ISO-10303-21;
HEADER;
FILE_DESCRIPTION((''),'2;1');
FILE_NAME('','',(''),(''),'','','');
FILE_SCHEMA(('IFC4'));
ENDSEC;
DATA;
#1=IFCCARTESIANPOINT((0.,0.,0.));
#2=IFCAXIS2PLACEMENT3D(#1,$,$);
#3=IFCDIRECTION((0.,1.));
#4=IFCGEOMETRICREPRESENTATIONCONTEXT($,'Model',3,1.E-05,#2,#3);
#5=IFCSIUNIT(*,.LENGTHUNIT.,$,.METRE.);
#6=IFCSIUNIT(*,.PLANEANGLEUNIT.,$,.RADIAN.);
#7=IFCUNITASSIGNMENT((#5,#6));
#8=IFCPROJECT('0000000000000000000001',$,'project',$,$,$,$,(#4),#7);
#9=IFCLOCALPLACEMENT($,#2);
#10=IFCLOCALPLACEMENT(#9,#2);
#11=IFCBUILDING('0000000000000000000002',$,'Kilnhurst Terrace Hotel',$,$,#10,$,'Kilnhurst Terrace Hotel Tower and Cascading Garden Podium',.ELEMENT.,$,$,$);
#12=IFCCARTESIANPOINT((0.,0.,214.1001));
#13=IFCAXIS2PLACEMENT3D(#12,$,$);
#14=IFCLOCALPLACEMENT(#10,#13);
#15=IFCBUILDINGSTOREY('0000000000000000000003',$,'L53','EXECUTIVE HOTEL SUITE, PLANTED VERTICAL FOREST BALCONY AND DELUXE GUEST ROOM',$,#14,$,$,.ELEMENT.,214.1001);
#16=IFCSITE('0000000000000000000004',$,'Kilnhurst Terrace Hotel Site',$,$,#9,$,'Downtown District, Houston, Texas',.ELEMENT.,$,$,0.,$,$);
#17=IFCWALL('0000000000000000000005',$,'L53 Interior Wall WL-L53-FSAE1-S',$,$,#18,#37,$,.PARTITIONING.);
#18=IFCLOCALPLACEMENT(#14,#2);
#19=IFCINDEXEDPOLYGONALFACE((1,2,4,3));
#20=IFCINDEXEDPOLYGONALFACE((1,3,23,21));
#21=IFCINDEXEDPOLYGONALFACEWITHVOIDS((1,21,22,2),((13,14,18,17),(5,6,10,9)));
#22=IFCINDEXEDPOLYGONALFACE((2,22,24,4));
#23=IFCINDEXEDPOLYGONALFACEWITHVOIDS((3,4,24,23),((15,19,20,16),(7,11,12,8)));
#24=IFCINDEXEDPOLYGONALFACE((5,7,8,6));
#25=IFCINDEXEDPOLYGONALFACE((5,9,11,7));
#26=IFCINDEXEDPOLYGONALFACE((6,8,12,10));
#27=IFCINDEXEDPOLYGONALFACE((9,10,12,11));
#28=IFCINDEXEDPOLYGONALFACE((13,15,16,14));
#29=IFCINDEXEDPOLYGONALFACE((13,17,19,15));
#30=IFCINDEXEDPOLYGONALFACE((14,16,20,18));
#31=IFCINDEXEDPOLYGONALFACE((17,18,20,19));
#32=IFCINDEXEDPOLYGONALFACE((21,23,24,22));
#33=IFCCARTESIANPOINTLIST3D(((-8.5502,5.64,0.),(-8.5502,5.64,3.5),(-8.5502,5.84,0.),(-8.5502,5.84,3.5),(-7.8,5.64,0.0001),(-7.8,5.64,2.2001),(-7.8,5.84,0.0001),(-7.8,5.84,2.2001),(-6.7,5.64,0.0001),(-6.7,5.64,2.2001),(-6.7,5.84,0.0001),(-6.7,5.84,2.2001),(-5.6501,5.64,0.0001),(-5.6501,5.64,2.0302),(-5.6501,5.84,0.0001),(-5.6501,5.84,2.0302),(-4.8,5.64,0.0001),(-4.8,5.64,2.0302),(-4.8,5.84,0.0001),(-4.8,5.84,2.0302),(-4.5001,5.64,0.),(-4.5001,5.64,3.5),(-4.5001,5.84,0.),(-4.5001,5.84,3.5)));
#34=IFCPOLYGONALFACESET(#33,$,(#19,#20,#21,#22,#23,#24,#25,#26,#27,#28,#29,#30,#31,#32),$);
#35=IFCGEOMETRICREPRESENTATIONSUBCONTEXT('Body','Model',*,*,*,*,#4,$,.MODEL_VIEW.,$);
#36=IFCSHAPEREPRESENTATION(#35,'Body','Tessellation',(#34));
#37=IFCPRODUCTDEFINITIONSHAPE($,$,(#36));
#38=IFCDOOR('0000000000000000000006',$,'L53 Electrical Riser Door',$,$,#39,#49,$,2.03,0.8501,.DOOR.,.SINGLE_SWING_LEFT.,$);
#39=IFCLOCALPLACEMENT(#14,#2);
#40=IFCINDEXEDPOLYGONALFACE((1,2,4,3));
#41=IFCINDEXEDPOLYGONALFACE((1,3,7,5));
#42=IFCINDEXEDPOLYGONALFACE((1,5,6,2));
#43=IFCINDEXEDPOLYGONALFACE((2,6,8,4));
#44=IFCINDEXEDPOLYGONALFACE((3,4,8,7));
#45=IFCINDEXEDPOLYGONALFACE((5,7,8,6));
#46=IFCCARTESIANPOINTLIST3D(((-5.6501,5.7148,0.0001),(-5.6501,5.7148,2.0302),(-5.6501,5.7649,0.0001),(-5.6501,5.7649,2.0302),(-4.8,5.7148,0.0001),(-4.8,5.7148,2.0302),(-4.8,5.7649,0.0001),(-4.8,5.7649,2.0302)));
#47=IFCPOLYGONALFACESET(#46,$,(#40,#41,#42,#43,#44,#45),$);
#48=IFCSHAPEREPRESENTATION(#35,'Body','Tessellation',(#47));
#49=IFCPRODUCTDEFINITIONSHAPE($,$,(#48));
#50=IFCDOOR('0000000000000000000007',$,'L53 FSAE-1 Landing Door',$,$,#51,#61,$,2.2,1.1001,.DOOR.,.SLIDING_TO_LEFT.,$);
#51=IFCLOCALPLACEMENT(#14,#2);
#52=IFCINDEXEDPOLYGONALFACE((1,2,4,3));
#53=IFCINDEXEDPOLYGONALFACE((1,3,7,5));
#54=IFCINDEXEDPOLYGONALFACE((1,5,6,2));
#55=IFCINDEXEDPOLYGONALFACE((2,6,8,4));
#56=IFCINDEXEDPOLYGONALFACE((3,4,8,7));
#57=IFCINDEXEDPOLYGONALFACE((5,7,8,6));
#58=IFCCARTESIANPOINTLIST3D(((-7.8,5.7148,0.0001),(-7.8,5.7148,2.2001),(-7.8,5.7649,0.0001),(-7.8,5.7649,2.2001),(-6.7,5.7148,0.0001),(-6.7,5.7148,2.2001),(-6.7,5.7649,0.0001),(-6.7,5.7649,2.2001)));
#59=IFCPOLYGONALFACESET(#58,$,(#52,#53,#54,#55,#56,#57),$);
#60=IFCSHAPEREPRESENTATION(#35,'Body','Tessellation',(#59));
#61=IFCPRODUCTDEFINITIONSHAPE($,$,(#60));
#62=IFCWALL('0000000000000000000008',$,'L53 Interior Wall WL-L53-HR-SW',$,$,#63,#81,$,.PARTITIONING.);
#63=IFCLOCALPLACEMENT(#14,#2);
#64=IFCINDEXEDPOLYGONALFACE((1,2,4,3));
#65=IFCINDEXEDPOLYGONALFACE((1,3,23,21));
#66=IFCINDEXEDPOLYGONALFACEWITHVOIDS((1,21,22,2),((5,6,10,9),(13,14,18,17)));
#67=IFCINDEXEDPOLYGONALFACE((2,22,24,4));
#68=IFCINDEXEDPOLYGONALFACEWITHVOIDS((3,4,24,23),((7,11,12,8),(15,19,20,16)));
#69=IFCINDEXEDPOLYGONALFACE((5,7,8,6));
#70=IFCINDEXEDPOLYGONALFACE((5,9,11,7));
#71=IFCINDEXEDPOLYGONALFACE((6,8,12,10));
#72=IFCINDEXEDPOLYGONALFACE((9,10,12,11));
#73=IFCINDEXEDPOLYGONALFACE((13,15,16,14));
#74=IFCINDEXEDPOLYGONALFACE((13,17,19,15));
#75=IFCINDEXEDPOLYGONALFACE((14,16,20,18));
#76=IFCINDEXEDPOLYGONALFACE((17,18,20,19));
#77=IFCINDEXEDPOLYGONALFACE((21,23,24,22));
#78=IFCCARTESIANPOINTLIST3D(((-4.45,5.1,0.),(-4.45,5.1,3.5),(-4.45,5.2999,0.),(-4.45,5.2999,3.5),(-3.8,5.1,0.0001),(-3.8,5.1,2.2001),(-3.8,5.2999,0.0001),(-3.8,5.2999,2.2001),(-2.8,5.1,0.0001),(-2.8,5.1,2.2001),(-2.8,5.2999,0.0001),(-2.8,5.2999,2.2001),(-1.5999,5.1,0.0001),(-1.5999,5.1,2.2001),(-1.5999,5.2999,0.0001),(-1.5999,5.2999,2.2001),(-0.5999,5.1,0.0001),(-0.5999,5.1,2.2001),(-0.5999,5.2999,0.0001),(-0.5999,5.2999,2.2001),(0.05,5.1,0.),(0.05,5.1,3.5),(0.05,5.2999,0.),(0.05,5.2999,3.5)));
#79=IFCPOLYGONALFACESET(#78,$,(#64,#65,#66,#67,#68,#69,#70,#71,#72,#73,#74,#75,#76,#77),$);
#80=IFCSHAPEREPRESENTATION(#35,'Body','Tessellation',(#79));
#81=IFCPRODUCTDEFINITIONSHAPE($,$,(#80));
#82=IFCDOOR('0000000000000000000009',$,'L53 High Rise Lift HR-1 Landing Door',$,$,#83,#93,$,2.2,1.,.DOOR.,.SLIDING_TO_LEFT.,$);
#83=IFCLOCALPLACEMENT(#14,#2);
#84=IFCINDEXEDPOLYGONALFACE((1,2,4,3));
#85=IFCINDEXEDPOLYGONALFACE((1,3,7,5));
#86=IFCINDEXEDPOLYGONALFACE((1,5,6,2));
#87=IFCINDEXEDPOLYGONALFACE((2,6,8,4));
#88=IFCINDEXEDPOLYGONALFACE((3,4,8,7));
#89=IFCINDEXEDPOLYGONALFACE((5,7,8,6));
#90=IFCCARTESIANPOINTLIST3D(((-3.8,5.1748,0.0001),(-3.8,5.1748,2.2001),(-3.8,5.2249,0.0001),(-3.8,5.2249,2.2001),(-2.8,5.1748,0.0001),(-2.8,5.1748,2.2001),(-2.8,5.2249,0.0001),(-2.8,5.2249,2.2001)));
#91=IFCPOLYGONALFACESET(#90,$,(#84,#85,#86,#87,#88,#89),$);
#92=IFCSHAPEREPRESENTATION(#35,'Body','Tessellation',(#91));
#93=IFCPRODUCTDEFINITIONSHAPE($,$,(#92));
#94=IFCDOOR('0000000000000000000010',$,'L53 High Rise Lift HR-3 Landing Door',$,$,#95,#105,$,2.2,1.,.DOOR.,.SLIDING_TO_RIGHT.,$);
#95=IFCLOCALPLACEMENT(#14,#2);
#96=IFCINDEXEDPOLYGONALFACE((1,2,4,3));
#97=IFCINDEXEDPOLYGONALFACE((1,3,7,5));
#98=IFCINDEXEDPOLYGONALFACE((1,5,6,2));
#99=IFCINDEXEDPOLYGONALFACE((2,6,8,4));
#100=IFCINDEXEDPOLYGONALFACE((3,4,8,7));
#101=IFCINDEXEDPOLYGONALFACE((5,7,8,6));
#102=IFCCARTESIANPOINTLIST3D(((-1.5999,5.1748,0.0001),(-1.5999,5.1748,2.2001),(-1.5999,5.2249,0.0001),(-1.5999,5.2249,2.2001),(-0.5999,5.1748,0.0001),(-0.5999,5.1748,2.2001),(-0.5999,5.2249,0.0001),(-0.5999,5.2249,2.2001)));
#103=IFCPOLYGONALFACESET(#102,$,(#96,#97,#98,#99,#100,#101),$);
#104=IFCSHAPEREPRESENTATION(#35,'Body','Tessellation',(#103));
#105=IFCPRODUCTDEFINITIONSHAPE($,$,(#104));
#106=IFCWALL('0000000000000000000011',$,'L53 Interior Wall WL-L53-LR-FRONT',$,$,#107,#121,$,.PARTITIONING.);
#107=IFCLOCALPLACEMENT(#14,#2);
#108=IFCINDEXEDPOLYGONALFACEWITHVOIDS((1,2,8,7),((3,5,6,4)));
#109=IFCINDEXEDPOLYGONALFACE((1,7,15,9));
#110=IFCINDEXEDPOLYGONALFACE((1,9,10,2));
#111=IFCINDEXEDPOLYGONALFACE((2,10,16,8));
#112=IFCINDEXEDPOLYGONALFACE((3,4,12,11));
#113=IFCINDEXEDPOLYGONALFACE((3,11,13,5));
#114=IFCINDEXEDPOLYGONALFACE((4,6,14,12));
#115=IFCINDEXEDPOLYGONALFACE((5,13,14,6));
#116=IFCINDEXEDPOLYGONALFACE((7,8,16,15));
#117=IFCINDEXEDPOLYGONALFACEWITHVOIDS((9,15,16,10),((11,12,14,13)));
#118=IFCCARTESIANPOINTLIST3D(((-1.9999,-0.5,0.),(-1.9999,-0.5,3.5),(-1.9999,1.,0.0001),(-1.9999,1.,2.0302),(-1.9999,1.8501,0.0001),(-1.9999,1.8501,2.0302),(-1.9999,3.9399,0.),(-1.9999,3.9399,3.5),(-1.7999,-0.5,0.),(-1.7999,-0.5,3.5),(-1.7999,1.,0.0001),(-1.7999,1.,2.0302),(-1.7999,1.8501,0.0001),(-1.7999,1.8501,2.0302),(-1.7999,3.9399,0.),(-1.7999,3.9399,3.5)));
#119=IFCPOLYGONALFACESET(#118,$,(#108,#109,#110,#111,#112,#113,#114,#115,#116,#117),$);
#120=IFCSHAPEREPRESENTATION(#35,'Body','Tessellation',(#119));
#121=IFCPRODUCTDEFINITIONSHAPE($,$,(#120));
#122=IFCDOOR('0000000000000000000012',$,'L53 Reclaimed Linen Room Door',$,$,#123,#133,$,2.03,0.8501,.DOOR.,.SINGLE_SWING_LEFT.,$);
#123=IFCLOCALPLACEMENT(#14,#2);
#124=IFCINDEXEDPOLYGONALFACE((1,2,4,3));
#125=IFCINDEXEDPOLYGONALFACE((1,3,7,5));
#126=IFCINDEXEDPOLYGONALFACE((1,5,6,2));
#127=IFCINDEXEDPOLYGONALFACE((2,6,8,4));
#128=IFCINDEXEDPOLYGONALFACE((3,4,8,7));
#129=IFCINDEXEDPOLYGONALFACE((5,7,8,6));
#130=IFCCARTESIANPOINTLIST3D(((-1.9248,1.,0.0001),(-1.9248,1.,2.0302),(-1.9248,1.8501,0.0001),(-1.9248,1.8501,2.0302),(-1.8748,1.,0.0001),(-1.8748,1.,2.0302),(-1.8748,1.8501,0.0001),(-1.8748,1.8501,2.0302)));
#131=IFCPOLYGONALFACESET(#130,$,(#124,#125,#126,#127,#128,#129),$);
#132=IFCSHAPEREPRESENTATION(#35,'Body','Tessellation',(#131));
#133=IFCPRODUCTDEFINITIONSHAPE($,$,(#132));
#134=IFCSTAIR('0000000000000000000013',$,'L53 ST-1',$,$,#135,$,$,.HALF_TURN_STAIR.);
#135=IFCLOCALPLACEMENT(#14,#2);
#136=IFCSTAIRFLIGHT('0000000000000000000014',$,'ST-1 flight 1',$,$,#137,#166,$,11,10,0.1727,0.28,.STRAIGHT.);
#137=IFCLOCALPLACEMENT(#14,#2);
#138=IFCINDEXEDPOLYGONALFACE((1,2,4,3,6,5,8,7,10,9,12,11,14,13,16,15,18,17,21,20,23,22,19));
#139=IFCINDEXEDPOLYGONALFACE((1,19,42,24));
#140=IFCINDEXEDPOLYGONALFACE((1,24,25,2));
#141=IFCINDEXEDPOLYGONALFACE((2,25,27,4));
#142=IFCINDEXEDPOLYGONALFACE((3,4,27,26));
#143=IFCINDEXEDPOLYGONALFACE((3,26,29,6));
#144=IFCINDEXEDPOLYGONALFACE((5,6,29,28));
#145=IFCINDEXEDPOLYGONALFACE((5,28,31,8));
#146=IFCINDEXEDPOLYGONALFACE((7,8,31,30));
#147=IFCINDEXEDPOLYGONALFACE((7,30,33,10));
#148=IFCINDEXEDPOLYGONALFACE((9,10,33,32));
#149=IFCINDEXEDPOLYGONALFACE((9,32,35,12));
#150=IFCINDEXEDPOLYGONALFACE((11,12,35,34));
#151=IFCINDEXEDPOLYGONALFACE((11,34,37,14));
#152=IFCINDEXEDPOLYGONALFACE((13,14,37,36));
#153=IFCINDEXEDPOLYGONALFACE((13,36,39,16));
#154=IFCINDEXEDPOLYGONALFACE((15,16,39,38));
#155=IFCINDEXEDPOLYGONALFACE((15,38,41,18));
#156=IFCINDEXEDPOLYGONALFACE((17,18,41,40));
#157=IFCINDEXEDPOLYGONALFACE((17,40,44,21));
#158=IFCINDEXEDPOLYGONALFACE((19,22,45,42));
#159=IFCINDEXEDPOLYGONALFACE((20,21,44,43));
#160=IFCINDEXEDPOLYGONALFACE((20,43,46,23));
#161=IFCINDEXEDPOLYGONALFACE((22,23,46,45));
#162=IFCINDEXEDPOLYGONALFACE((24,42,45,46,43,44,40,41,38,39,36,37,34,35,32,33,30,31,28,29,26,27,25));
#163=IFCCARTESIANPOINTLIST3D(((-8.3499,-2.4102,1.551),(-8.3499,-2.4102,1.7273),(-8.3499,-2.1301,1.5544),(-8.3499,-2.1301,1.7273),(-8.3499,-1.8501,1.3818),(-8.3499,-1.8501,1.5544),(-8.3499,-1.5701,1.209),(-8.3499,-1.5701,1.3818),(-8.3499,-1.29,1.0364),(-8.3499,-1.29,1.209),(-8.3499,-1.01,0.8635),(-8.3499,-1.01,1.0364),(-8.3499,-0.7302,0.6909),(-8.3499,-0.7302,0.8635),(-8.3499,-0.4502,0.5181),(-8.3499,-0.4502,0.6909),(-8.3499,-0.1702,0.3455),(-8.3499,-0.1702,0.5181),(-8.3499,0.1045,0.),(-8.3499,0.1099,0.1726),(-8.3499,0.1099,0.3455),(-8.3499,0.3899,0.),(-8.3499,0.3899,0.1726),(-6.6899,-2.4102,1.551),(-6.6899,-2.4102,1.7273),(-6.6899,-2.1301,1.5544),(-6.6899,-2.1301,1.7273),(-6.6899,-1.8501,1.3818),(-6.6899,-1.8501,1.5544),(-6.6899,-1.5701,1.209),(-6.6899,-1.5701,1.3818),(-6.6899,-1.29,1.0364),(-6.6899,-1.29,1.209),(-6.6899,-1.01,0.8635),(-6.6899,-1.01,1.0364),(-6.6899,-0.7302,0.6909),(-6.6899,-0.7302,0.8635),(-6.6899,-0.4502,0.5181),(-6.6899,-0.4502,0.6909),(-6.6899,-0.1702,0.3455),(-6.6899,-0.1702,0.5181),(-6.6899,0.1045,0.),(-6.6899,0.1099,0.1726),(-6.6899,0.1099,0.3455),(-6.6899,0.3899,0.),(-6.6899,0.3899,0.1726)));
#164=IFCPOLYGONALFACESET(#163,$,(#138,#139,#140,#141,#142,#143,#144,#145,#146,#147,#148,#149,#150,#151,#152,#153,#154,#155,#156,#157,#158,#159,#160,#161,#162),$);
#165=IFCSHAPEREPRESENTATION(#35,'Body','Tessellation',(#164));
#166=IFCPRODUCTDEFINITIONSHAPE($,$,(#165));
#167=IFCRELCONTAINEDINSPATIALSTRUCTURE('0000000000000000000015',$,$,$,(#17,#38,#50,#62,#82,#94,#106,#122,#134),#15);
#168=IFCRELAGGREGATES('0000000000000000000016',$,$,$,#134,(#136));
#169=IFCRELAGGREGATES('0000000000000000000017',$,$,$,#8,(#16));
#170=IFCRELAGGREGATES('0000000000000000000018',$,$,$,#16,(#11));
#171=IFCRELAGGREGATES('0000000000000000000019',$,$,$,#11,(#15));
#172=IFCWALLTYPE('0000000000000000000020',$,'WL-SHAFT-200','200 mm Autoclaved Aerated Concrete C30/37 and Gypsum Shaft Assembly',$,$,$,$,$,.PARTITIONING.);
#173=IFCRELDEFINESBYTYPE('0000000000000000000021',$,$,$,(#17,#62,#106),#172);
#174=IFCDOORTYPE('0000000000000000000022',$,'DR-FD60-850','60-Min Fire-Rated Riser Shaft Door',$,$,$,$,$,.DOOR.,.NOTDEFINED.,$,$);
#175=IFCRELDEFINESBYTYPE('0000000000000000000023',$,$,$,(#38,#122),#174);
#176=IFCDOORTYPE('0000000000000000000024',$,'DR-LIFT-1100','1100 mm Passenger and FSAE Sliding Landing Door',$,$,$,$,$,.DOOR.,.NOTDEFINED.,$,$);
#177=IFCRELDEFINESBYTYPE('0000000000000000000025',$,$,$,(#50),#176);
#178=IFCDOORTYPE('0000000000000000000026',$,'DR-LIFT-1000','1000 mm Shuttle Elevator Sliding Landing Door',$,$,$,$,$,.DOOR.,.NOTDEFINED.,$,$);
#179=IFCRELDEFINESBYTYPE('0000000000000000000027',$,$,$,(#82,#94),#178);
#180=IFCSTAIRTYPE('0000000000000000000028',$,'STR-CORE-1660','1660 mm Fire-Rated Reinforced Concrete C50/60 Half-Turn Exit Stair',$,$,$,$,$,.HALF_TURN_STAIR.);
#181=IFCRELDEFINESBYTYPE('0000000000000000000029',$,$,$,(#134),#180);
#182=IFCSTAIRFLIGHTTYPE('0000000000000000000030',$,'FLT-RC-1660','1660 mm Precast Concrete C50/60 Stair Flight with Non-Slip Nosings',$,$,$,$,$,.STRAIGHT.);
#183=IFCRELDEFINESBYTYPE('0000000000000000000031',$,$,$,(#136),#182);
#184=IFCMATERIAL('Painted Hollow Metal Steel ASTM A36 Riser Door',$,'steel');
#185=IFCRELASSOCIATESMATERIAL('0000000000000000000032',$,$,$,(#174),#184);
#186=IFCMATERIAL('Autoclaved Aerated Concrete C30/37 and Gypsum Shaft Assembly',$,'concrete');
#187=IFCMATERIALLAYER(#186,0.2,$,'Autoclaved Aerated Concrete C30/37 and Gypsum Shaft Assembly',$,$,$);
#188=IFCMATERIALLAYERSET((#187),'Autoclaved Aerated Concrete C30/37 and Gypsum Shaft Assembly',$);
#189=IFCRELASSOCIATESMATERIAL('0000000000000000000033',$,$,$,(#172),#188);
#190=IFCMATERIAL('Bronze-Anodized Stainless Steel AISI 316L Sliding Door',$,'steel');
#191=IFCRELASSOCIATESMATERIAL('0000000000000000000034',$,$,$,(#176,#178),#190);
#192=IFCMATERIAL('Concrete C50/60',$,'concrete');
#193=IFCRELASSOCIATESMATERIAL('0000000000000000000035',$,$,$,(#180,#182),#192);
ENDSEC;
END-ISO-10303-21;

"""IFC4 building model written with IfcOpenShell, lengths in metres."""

from ifc_helpers import new_model, si_unit, direction, frame, frame_2d, origin, place, context, subcontext, project, spatial, polyline, rectangle, outline, extrude, material, layer, layer_set, type_object, element, fill, aggregate, save


model = new_model("IFC4")

# Units and contexts
model_context = context("Model", 3, precision=1e-05, world=origin(), true_north=direction((0.0, 1.0)))
body_context = subcontext(model_context, "Body", "Model", "MODEL_VIEW")
ifc_project = project(units=[si_unit("LENGTHUNIT", "METRE"), si_unit("PLANEANGLEUNIT", "RADIAN")], contexts=[model_context])

# Site, building, storey
site_placement = place(None, origin())
site = spatial("IfcSite", under=ifc_project, at=site_placement, Name="Kilnhurst Terrace Hotel Site", LongName="Downtown District, Houston, Texas", CompositionType="ELEMENT", RefElevation=0.0)
building_placement = place(site_placement, origin())
building = spatial("IfcBuilding", under=site, at=building_placement, Name="Kilnhurst Terrace Hotel", LongName="Kilnhurst Terrace Hotel Tower and Cascading Garden Podium", CompositionType="ELEMENT")
storey_placement = place(building_placement, frame((0.0, 0.0, 214.1001)))
storey = spatial("IfcBuildingStorey", under=building, at=storey_placement, Name="L53", Description="EXECUTIVE HOTEL SUITE, PLANTED VERTICAL FOREST BALCONY AND DELUXE GUEST ROOM", CompositionType="ELEMENT", Elevation=214.1001)

# Shared definitions
ifc_material_1 = material(Name="Concrete C50/60", Category="concrete")

# Walls, openings, doors
ifc_material_2 = material(Name="Painted Hollow Metal Steel ASTM A36 Riser Door", Category="steel")
door_type_1 = type_object("IfcDoorType", Name="DR-FD60-850", Description="60-Min Fire-Rated Riser Shaft Door", OperationType="NOTDEFINED", PredefinedType="DOOR", material=ifc_material_2)
ifc_material_3 = material(Name="Autoclaved Aerated Concrete C30/37 and Gypsum Shaft Assembly", Category="concrete")
ifc_layer_1 = layer(ifc_material_3, 0.2, Name="Autoclaved Aerated Concrete C30/37 and Gypsum Shaft Assembly")
ifc_layer_set_1 = layer_set([ifc_layer_1], Name="Autoclaved Aerated Concrete C30/37 and Gypsum Shaft Assembly")
wall_type_1 = type_object("IfcWallType", Name="WL-SHAFT-200", Description="200 mm Autoclaved Aerated Concrete C30/37 and Gypsum Shaft Assembly", PredefinedType="PARTITIONING", material=ifc_layer_set_1)
wall_1_placement = place(storey_placement, frame((-8.55, 5.74, 0.0), z_axis=(0.0, 0.0, 1.0), x_axis=(1.0, 0.0, 0.0)))
wall_1 = element("IfcWall", 1, at=wall_1_placement, inside=storey, type_object=wall_type_1, Name="L53 Interior Wall WL-L53-FSAE1-S", PredefinedType="PARTITIONING", context=body_context, shape_type="SweptSolid", body=[
    extrude(rectangle(XDim=4.05, YDim=0.2, at=frame_2d((2.0249, 0.0))), origin(), (0.0, 0.0, 1.0), 3.5),
])
opening_1_placement = place(wall_1_placement, frame((0.75, 0.0, 0.0)))
opening_1 = element("IfcOpeningElement", 2, at=opening_1_placement, cuts=wall_1, PredefinedType="OPENING", context=body_context, shape_type="SweptSolid", body=[
    extrude(rectangle(XDim=1.1001, YDim=2.2, at=frame_2d((0.55, 1.1001))), frame((0.0, 0.1099, 0.0), z_axis=(0.0, -1.0, 0.0), x_axis=(1.0, 0.0, 0.0)), (0.0, 0.0, 1.0), 0.22),
])
opening_2_placement = place(wall_1_placement, frame((2.8999, 0.0, 0.0)))
opening_2 = element("IfcOpeningElement", 3, at=opening_2_placement, cuts=wall_1, PredefinedType="OPENING", context=body_context, shape_type="SweptSolid", body=[
    extrude(rectangle(XDim=0.8501, YDim=2.03, at=frame_2d((0.425, 1.0151))), frame((0.0, 0.1099, 0.0), z_axis=(0.0, -1.0, 0.0), x_axis=(1.0, 0.0, 0.0)), (0.0, 0.0, 1.0), 0.22),
])
door_1_placement = place(opening_2_placement, origin())
door_1 = element("IfcDoor", 4, at=door_1_placement, inside=storey, type_object=door_type_1, Name="L53 Electrical Riser Door", OperationType="SINGLE_SWING_LEFT", OverallHeight=2.03, OverallWidth=0.8501, PredefinedType="DOOR", context=body_context, shape_type="SweptSolid", body=[
    extrude(rectangle(XDim=0.8501, YDim=2.03, at=frame_2d((0.425, 1.0151))), frame((0.0, 0.0249, 0.0), z_axis=(0.0, -1.0, 0.0), x_axis=(1.0, 0.0, 0.0)), (0.0, 0.0, 1.0), 0.05),
])
fill(opening_2, door_1)
ifc_material_4 = material(Name="Bronze-Anodized Stainless Steel AISI 316L Sliding Door", Category="steel")
door_type_2 = type_object("IfcDoorType", Name="DR-LIFT-1100", Description="1100 mm Passenger and FSAE Sliding Landing Door", OperationType="NOTDEFINED", PredefinedType="DOOR", material=ifc_material_4)
door_2_placement = place(opening_1_placement, origin())
door_2 = element("IfcDoor", 5, at=door_2_placement, inside=storey, type_object=door_type_2, Name="L53 FSAE-1 Landing Door", OperationType="SLIDING_TO_LEFT", OverallHeight=2.2, OverallWidth=1.1001, PredefinedType="DOOR", context=body_context, shape_type="SweptSolid", body=[
    extrude(rectangle(XDim=1.1001, YDim=2.2, at=frame_2d((0.55, 1.1001))), frame((0.0, 0.0249, 0.0), z_axis=(0.0, -1.0, 0.0), x_axis=(1.0, 0.0, 0.0)), (0.0, 0.0, 1.0), 0.05),
])
fill(opening_1, door_2)
wall_2_placement = place(storey_placement, frame((-4.45, 5.2, 0.0), z_axis=(0.0, 0.0, 1.0), x_axis=(1.0, 0.0, 0.0)))
wall_2 = element("IfcWall", 6, at=wall_2_placement, inside=storey, type_object=wall_type_1, Name="L53 Interior Wall WL-L53-HR-SW", PredefinedType="PARTITIONING", context=body_context, shape_type="SweptSolid", body=[
    extrude(rectangle(XDim=4.5, YDim=0.2, at=frame_2d((2.25, 0.0))), origin(), (0.0, 0.0, 1.0), 3.5),
])
opening_3_placement = place(wall_2_placement, frame((0.6499, 0.0, 0.0)))
opening_3 = element("IfcOpeningElement", 7, at=opening_3_placement, cuts=wall_2, PredefinedType="OPENING", context=body_context, shape_type="SweptSolid", body=[
    extrude(rectangle(XDim=1.0, YDim=2.2, at=frame_2d((0.5, 1.1001))), frame((0.0, 0.1099, 0.0), z_axis=(0.0, -1.0, 0.0), x_axis=(1.0, 0.0, 0.0)), (0.0, 0.0, 1.0), 0.22),
])
opening_4_placement = place(wall_2_placement, frame((2.8501, 0.0, 0.0)))
opening_4 = element("IfcOpeningElement", 8, at=opening_4_placement, cuts=wall_2, PredefinedType="OPENING", context=body_context, shape_type="SweptSolid", body=[
    extrude(rectangle(XDim=1.0, YDim=2.2, at=frame_2d((0.5, 1.1001))), frame((0.0, 0.1099, 0.0), z_axis=(0.0, -1.0, 0.0), x_axis=(1.0, 0.0, 0.0)), (0.0, 0.0, 1.0), 0.22),
])
door_type_3 = type_object("IfcDoorType", Name="DR-LIFT-1000", Description="1000 mm Shuttle Elevator Sliding Landing Door", OperationType="NOTDEFINED", PredefinedType="DOOR", material=ifc_material_4)
door_3_placement = place(opening_3_placement, origin())
door_3 = element("IfcDoor", 9, at=door_3_placement, inside=storey, type_object=door_type_3, Name="L53 High Rise Lift HR-1 Landing Door", OperationType="SLIDING_TO_LEFT", OverallHeight=2.2, OverallWidth=1.0, PredefinedType="DOOR", context=body_context, shape_type="SweptSolid", body=[
    extrude(rectangle(XDim=1.0, YDim=2.2, at=frame_2d((0.5, 1.1001))), frame((0.0, 0.0249, 0.0), z_axis=(0.0, -1.0, 0.0), x_axis=(1.0, 0.0, 0.0)), (0.0, 0.0, 1.0), 0.05),
])
fill(opening_3, door_3)
door_4_placement = place(opening_4_placement, origin())
door_4 = element("IfcDoor", 10, at=door_4_placement, inside=storey, type_object=door_type_3, Name="L53 High Rise Lift HR-3 Landing Door", OperationType="SLIDING_TO_RIGHT", OverallHeight=2.2, OverallWidth=1.0, PredefinedType="DOOR", context=body_context, shape_type="SweptSolid", body=[
    extrude(rectangle(XDim=1.0, YDim=2.2, at=frame_2d((0.5, 1.1001))), frame((0.0, 0.0249, 0.0), z_axis=(0.0, -1.0, 0.0), x_axis=(1.0, 0.0, 0.0)), (0.0, 0.0, 1.0), 0.05),
])
fill(opening_4, door_4)

# Wall, opening, door
wall_3_placement = place(storey_placement, frame((-1.8999, -0.5, 0.0), z_axis=(0.0, 0.0, 1.0), x_axis=(0.0, 1.0, 0.0)))
wall_3 = element("IfcWall", 11, at=wall_3_placement, inside=storey, type_object=wall_type_1, Name="L53 Interior Wall WL-L53-LR-FRONT", PredefinedType="PARTITIONING", context=body_context, shape_type="SweptSolid", body=[
    extrude(rectangle(XDim=4.4399, YDim=0.2, at=frame_2d((2.22, 0.0))), origin(), (0.0, 0.0, 1.0), 3.5),
])
opening_5_placement = place(wall_3_placement, frame((1.5, 0.0, 0.0)))
opening_5 = element("IfcOpeningElement", 12, at=opening_5_placement, cuts=wall_3, PredefinedType="OPENING", context=body_context, shape_type="SweptSolid", body=[
    extrude(rectangle(XDim=0.8501, YDim=2.03, at=frame_2d((0.425, 1.0151))), frame((0.0, 0.1099, 0.0), z_axis=(0.0, -1.0, 0.0), x_axis=(1.0, 0.0, 0.0)), (0.0, 0.0, 1.0), 0.22),
])
door_5_placement = place(opening_5_placement, origin())
door_5 = element("IfcDoor", 13, at=door_5_placement, inside=storey, type_object=door_type_1, Name="L53 Reclaimed Linen Room Door", OperationType="SINGLE_SWING_LEFT", OverallHeight=2.03, OverallWidth=0.8501, PredefinedType="DOOR", context=body_context, shape_type="SweptSolid", body=[
    extrude(rectangle(XDim=0.8501, YDim=2.03, at=frame_2d((0.425, 1.0151))), frame((0.0, 0.0249, 0.0), z_axis=(0.0, -1.0, 0.0), x_axis=(1.0, 0.0, 0.0)), (0.0, 0.0, 1.0), 0.05),
])
fill(opening_5, door_5)

# Stair, stair flight
stair_type = type_object("IfcStairType", Name="STR-CORE-1660", Description="1660 mm Fire-Rated Reinforced Concrete C50/60 Half-Turn Exit Stair", PredefinedType="HALF_TURN_STAIR", material=ifc_material_1)
stair_placement = place(storey_placement, origin())
stair = element("IfcStair", 14, at=stair_placement, inside=storey, type_object=stair_type, Name="L53 ST-1", PredefinedType="HALF_TURN_STAIR")
stair_flight_type = type_object("IfcStairFlightType", Name="FLT-RC-1660", Description="1660 mm Precast Concrete C50/60 Stair Flight with Non-Slip Nosings", PredefinedType="STRAIGHT", material=ifc_material_1)
stair_flight_placement = place(storey_placement, frame((-7.52, 0.3899, 0.0), z_axis=(0.0, 0.0, 1.0), x_axis=(0.0, -1.0, 0.0)))
stair_flight = element("IfcStairFlight", 15, at=stair_flight_placement, type_object=stair_flight_type, Name="ST-1 flight 1", NumberOfRisers=11, NumberOfTreads=10, PredefinedType="STRAIGHT", RiserHeight=0.1727, TreadLength=0.28, context=body_context, shape_type="SweptSolid", body=[
    extrude(outline(polyline([(0.0, 0.0), (0.0, 0.1726), (0.28, 0.1726), (0.28, 0.3455), (0.5601, 0.3455), (0.5601, 0.5181), (0.8401, 0.5181), (0.8401, 0.6909), (1.1201, 0.6909), (1.1201, 0.8635), (1.3999, 0.8635), (1.3999, 1.0364), (1.6799, 1.0364), (1.6799, 1.209), (1.96, 1.209), (1.96, 1.3818), (2.24, 1.3818), (2.24, 1.5544), (2.52, 1.5544), (2.52, 1.7273), (2.8, 1.7273), (2.8, 1.8999), (2.8, 1.551), (0.2854, 0.0), (0.0, 0.0)])), frame((0.0, 0.8301, 0.0), z_axis=(0.0, -1.0, 0.0), x_axis=(1.0, 0.0, 0.0)), (0.0, 0.0, 1.0), 1.6599),
])
aggregate(stair, [stair_flight])

save(model, "model.ifc")
